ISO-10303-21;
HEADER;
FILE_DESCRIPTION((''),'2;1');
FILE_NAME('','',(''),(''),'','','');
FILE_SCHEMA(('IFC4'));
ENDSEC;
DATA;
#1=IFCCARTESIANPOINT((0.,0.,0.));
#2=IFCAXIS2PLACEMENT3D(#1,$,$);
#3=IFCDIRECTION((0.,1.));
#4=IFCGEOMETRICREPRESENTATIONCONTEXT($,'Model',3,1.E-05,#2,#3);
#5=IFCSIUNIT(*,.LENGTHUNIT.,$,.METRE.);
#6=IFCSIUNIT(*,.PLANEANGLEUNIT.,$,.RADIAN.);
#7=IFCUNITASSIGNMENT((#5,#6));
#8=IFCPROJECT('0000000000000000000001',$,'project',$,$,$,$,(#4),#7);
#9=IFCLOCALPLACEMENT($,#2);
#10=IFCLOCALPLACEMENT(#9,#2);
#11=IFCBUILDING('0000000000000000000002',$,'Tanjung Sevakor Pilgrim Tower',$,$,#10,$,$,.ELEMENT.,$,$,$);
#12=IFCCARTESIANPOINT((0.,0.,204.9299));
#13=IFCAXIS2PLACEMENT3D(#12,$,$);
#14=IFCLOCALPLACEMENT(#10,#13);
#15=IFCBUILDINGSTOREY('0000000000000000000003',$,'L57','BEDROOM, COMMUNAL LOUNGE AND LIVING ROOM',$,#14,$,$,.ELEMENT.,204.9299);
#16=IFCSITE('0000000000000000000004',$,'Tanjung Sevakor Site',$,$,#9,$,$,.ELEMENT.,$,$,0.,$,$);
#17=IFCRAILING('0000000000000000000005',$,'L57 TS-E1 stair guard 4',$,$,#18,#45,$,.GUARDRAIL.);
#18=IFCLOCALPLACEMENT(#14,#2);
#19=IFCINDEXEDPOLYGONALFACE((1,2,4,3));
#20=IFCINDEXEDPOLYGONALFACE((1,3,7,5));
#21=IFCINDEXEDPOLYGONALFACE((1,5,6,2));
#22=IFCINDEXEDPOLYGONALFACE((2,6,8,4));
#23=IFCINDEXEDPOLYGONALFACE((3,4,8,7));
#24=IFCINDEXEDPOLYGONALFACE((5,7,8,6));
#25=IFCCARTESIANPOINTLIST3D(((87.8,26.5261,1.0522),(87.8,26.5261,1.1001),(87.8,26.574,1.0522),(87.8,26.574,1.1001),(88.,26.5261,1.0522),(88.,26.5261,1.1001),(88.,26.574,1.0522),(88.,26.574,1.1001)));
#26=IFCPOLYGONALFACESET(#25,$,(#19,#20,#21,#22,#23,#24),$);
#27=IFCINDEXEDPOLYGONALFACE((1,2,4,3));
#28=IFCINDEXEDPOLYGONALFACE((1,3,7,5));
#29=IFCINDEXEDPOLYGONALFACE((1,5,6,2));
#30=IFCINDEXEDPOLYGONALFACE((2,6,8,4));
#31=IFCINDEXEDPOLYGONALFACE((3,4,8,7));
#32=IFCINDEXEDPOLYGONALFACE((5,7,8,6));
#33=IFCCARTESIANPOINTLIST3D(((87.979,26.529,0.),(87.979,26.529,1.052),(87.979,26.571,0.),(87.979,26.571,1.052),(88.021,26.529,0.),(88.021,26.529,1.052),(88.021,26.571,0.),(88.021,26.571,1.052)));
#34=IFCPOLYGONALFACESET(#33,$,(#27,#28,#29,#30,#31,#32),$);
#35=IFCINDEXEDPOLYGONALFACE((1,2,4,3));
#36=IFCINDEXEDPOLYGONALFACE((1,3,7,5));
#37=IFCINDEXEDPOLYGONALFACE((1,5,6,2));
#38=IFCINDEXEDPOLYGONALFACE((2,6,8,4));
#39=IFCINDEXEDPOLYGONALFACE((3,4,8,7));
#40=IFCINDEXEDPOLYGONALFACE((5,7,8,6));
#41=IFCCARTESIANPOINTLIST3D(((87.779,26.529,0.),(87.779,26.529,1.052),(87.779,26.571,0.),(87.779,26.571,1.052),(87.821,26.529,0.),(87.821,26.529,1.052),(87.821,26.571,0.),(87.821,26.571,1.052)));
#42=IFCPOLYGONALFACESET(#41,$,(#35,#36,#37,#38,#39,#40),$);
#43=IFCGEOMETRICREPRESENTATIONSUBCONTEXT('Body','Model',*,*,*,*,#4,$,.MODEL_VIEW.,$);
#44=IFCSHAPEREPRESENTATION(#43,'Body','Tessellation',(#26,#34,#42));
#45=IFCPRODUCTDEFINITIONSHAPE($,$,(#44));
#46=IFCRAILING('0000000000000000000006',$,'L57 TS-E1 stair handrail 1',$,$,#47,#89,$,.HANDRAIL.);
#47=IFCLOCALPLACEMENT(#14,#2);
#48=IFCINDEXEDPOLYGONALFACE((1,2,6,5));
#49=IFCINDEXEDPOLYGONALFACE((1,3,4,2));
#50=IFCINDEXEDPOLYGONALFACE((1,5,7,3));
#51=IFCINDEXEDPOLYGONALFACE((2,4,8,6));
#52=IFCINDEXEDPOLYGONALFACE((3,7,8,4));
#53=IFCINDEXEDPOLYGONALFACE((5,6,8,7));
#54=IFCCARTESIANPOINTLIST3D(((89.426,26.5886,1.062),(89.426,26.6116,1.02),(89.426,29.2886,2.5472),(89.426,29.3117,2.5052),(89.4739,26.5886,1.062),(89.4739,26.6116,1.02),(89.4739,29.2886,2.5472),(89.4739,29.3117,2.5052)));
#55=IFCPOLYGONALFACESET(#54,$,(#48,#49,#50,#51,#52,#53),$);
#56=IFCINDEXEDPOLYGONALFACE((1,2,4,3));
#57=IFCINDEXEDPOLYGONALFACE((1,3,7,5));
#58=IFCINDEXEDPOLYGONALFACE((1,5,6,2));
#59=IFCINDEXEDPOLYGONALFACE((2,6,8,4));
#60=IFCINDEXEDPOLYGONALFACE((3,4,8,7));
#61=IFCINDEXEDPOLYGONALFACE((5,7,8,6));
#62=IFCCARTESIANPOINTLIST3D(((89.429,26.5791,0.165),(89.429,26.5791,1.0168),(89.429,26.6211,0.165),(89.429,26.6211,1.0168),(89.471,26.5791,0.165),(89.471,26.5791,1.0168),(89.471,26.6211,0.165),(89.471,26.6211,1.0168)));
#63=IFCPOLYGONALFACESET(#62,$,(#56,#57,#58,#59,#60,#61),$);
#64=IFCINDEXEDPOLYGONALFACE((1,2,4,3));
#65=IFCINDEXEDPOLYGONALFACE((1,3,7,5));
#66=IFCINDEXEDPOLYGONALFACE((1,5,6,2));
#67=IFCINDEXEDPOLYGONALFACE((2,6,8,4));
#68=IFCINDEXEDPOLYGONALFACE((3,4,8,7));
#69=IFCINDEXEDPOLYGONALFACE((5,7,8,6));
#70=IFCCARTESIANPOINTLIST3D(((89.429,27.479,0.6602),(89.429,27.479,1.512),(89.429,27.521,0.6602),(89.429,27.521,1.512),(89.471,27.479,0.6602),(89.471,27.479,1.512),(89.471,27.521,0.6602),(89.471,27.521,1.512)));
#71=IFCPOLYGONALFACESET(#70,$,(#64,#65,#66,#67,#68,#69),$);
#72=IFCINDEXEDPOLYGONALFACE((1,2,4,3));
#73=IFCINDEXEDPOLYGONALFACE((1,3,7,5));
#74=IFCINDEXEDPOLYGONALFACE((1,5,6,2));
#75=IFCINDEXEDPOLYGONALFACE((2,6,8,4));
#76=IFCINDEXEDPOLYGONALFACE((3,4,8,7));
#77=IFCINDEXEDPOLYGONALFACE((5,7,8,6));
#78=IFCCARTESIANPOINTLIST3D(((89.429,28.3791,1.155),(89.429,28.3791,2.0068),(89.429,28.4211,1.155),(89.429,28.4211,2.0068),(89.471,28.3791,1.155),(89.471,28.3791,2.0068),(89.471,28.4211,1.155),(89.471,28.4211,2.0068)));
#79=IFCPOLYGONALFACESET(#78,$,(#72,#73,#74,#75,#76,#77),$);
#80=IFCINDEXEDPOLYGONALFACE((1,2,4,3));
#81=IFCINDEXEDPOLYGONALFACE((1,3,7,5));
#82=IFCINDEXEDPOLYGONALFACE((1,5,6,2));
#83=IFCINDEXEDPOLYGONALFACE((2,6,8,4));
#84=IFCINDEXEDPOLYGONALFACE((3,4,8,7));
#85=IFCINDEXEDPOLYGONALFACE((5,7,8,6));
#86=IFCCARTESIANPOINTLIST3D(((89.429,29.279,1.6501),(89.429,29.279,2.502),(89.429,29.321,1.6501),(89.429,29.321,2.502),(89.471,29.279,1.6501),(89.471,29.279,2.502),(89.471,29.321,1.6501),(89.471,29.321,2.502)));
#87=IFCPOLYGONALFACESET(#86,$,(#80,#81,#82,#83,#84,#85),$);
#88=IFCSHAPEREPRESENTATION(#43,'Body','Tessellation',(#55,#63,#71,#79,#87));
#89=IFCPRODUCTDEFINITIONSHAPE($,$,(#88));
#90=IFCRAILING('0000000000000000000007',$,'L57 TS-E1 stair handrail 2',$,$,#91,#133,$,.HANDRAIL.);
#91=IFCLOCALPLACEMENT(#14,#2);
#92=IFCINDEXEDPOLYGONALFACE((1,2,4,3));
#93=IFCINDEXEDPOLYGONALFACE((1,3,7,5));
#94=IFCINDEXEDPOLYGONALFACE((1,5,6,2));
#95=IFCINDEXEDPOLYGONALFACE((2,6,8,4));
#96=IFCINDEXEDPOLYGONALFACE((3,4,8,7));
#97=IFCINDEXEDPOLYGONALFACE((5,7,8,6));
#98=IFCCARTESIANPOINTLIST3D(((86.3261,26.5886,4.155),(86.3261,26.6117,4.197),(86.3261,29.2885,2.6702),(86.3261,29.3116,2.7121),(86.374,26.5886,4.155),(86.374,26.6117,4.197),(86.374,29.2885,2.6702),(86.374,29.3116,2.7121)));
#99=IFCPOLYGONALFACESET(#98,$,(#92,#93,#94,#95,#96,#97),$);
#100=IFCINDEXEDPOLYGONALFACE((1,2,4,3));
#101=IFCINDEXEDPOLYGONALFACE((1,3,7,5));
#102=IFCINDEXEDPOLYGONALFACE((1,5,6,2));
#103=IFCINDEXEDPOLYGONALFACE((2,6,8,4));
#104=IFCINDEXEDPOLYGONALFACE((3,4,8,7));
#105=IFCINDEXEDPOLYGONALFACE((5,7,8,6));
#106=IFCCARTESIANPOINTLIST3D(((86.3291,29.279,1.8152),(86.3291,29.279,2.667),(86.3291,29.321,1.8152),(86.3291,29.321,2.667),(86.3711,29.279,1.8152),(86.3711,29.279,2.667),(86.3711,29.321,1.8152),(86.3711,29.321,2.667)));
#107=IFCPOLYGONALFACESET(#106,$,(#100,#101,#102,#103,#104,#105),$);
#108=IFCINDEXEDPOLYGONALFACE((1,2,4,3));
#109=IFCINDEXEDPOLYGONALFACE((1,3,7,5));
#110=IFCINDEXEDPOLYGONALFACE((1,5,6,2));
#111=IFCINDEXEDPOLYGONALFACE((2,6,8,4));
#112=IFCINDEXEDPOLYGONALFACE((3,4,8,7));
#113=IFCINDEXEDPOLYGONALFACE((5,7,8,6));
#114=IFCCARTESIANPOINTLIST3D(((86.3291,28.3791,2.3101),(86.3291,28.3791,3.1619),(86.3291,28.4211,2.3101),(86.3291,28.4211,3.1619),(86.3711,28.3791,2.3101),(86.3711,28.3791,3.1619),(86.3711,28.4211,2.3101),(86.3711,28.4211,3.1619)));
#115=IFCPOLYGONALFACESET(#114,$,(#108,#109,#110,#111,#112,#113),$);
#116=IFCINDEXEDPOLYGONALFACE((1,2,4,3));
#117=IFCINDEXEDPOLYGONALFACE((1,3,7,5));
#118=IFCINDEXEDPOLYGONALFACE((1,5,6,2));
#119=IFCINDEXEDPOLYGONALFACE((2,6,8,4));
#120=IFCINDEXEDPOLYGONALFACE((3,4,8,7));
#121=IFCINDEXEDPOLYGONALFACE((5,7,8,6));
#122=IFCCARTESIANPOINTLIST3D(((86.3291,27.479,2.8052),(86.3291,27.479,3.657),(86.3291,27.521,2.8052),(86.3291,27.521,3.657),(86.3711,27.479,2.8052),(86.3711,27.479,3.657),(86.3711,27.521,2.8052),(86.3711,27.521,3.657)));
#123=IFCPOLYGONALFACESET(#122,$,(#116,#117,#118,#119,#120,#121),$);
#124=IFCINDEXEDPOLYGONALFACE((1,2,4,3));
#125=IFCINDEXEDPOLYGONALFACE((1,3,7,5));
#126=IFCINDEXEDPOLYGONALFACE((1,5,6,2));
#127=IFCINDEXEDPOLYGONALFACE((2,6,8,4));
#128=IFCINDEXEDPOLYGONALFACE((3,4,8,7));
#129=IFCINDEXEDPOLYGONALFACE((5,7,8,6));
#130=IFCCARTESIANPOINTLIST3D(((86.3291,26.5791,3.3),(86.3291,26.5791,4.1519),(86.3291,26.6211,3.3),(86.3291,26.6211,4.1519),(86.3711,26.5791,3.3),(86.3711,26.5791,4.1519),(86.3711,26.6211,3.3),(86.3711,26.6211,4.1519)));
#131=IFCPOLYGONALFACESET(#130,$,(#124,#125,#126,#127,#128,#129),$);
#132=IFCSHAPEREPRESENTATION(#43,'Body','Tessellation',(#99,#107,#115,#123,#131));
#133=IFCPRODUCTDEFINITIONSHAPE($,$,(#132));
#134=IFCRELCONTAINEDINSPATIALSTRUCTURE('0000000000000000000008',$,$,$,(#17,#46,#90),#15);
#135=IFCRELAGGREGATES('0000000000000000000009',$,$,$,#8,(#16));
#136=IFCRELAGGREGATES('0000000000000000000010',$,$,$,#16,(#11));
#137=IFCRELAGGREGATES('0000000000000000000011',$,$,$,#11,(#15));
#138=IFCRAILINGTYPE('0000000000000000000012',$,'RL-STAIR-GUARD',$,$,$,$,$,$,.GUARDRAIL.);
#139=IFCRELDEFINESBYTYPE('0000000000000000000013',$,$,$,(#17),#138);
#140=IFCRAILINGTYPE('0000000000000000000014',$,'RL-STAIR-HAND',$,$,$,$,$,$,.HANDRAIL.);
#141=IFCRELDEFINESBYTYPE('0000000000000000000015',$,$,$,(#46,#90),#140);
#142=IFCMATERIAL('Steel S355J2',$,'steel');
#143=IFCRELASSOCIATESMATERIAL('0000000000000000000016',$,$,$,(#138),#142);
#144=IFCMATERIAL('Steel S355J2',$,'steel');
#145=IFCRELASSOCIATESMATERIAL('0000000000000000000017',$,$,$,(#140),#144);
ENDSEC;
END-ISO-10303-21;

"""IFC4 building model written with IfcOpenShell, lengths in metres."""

from ifc_helpers import new_model, si_unit, direction, frame, origin, place, context, subcontext, project, spatial, rectangle, extrude, material, type_object, element, save


model = new_model("IFC4")

# Units and contexts
model_context = context("Model", 3, precision=1e-05, world=origin(), true_north=direction((0.0, 1.0)))
body_context = subcontext(model_context, "Body", "Model", "MODEL_VIEW")
ifc_project = project(units=[si_unit("LENGTHUNIT", "METRE"), si_unit("PLANEANGLEUNIT", "RADIAN")], contexts=[model_context])

# Site, building, storey
site_placement = place(None, origin())
site = spatial("IfcSite", under=ifc_project, at=site_placement, Name="Tanjung Sevakor Site", CompositionType="ELEMENT", RefElevation=0.0)
building_placement = place(site_placement, origin())
building = spatial("IfcBuilding", under=site, at=building_placement, Name="Tanjung Sevakor Pilgrim Tower", CompositionType="ELEMENT")
storey_placement = place(building_placement, frame((0.0, 0.0, 204.9299)))
storey = spatial("IfcBuildingStorey", under=building, at=storey_placement, Name="L57", Description="BEDROOM, COMMUNAL LOUNGE AND LIVING ROOM", CompositionType="ELEMENT", Elevation=204.9299)

# Railings
ifc_material_1 = material(Name="Steel S355J2", Category="steel")
railing_type_1 = type_object("IfcRailingType", Name="RL-STAIR-GUARD", PredefinedType="GUARDRAIL", material=ifc_material_1)
railing_1_placement = place(storey_placement, frame((88.0, 26.55, 0.0)))
element("IfcRailing", 1, at=railing_1_placement, inside=storey, type_object=railing_type_1, Name="L57 TS-E1 stair guard 4", PredefinedType="GUARDRAIL", context=body_context, shape_type="SweptSolid", body=[
    extrude(rectangle(XDim=0.0479, YDim=0.0479), frame((0.0, 0.0, 1.0762), z_axis=(-1.0, 0.0, 0.0), x_axis=(0.0, -1.0, 0.0)), (0.0, 0.0, 1.0), 0.2),
    extrude(rectangle(XDim=0.042, YDim=0.042), origin(), (0.0, 0.0, 1.0), 1.052),
    extrude(rectangle(XDim=0.042, YDim=0.042), frame((-0.2, 0.0, 0.0)), (0.0, 0.0, 1.0), 1.052),
])
ifc_material_2 = material(Name="Steel S355J2", Category="steel")
railing_type_2 = type_object("IfcRailingType", Name="RL-STAIR-HAND", PredefinedType="HANDRAIL", material=ifc_material_2)
railing_2_placement = place(storey_placement, frame((89.45, 26.6001, 0.165)))
element("IfcRailing", 2, at=railing_2_placement, inside=storey, type_object=railing_type_2, Name="L57 TS-E1 stair handrail 1", PredefinedType="HANDRAIL", context=body_context, shape_type="SweptSolid", body=[
    extrude(rectangle(XDim=0.0479, YDim=0.0479), frame((0.0, 0.0, 0.876), z_axis=(0.0, 0.876198, 0.481952), x_axis=(-1.0, 0.0, 0.0)), (0.0, 0.0, 1.0), 3.0815),
    extrude(rectangle(XDim=0.042, YDim=0.042), origin(), (0.0, 0.0, 1.0), 0.8518),
    extrude(rectangle(XDim=0.042, YDim=0.042), frame((0.0, 0.8999, 0.4951)), (0.0, 0.0, 1.0), 0.8518),
    extrude(rectangle(XDim=0.042, YDim=0.042), frame((0.0, 1.8, 0.99)), (0.0, 0.0, 1.0), 0.8518),
    extrude(rectangle(XDim=0.042, YDim=0.042), frame((0.0, 2.7, 1.4851)), (0.0, 0.0, 1.0), 0.8518),
])
railing_3_placement = place(storey_placement, frame((86.3501, 29.3, 1.8152)))
element("IfcRailing", 3, at=railing_3_placement, inside=storey, type_object=railing_type_2, Name="L57 TS-E1 stair handrail 2", PredefinedType="HANDRAIL", context=body_context, shape_type="SweptSolid", body=[
    extrude(rectangle(XDim=0.0479, YDim=0.0479), frame((0.0, 0.0, 0.876), z_axis=(0.0, -0.876231, 0.481891), x_axis=(1.0, 0.0, 0.0)), (0.0, 0.0, 1.0), 3.0813),
    extrude(rectangle(XDim=0.042, YDim=0.042), origin(), (0.0, 0.0, 1.0), 0.8518),
    extrude(rectangle(XDim=0.042, YDim=0.042), frame((0.0, -0.8999, 0.4949)), (0.0, 0.0, 1.0), 0.8518),
    extrude(rectangle(XDim=0.042, YDim=0.042), frame((0.0, -1.8, 0.99)), (0.0, 0.0, 1.0), 0.8518),
    extrude(rectangle(XDim=0.042, YDim=0.042), frame((0.0, -2.7, 1.4849)), (0.0, 0.0, 1.0), 0.8518),
])

save(model, "model.ifc")
